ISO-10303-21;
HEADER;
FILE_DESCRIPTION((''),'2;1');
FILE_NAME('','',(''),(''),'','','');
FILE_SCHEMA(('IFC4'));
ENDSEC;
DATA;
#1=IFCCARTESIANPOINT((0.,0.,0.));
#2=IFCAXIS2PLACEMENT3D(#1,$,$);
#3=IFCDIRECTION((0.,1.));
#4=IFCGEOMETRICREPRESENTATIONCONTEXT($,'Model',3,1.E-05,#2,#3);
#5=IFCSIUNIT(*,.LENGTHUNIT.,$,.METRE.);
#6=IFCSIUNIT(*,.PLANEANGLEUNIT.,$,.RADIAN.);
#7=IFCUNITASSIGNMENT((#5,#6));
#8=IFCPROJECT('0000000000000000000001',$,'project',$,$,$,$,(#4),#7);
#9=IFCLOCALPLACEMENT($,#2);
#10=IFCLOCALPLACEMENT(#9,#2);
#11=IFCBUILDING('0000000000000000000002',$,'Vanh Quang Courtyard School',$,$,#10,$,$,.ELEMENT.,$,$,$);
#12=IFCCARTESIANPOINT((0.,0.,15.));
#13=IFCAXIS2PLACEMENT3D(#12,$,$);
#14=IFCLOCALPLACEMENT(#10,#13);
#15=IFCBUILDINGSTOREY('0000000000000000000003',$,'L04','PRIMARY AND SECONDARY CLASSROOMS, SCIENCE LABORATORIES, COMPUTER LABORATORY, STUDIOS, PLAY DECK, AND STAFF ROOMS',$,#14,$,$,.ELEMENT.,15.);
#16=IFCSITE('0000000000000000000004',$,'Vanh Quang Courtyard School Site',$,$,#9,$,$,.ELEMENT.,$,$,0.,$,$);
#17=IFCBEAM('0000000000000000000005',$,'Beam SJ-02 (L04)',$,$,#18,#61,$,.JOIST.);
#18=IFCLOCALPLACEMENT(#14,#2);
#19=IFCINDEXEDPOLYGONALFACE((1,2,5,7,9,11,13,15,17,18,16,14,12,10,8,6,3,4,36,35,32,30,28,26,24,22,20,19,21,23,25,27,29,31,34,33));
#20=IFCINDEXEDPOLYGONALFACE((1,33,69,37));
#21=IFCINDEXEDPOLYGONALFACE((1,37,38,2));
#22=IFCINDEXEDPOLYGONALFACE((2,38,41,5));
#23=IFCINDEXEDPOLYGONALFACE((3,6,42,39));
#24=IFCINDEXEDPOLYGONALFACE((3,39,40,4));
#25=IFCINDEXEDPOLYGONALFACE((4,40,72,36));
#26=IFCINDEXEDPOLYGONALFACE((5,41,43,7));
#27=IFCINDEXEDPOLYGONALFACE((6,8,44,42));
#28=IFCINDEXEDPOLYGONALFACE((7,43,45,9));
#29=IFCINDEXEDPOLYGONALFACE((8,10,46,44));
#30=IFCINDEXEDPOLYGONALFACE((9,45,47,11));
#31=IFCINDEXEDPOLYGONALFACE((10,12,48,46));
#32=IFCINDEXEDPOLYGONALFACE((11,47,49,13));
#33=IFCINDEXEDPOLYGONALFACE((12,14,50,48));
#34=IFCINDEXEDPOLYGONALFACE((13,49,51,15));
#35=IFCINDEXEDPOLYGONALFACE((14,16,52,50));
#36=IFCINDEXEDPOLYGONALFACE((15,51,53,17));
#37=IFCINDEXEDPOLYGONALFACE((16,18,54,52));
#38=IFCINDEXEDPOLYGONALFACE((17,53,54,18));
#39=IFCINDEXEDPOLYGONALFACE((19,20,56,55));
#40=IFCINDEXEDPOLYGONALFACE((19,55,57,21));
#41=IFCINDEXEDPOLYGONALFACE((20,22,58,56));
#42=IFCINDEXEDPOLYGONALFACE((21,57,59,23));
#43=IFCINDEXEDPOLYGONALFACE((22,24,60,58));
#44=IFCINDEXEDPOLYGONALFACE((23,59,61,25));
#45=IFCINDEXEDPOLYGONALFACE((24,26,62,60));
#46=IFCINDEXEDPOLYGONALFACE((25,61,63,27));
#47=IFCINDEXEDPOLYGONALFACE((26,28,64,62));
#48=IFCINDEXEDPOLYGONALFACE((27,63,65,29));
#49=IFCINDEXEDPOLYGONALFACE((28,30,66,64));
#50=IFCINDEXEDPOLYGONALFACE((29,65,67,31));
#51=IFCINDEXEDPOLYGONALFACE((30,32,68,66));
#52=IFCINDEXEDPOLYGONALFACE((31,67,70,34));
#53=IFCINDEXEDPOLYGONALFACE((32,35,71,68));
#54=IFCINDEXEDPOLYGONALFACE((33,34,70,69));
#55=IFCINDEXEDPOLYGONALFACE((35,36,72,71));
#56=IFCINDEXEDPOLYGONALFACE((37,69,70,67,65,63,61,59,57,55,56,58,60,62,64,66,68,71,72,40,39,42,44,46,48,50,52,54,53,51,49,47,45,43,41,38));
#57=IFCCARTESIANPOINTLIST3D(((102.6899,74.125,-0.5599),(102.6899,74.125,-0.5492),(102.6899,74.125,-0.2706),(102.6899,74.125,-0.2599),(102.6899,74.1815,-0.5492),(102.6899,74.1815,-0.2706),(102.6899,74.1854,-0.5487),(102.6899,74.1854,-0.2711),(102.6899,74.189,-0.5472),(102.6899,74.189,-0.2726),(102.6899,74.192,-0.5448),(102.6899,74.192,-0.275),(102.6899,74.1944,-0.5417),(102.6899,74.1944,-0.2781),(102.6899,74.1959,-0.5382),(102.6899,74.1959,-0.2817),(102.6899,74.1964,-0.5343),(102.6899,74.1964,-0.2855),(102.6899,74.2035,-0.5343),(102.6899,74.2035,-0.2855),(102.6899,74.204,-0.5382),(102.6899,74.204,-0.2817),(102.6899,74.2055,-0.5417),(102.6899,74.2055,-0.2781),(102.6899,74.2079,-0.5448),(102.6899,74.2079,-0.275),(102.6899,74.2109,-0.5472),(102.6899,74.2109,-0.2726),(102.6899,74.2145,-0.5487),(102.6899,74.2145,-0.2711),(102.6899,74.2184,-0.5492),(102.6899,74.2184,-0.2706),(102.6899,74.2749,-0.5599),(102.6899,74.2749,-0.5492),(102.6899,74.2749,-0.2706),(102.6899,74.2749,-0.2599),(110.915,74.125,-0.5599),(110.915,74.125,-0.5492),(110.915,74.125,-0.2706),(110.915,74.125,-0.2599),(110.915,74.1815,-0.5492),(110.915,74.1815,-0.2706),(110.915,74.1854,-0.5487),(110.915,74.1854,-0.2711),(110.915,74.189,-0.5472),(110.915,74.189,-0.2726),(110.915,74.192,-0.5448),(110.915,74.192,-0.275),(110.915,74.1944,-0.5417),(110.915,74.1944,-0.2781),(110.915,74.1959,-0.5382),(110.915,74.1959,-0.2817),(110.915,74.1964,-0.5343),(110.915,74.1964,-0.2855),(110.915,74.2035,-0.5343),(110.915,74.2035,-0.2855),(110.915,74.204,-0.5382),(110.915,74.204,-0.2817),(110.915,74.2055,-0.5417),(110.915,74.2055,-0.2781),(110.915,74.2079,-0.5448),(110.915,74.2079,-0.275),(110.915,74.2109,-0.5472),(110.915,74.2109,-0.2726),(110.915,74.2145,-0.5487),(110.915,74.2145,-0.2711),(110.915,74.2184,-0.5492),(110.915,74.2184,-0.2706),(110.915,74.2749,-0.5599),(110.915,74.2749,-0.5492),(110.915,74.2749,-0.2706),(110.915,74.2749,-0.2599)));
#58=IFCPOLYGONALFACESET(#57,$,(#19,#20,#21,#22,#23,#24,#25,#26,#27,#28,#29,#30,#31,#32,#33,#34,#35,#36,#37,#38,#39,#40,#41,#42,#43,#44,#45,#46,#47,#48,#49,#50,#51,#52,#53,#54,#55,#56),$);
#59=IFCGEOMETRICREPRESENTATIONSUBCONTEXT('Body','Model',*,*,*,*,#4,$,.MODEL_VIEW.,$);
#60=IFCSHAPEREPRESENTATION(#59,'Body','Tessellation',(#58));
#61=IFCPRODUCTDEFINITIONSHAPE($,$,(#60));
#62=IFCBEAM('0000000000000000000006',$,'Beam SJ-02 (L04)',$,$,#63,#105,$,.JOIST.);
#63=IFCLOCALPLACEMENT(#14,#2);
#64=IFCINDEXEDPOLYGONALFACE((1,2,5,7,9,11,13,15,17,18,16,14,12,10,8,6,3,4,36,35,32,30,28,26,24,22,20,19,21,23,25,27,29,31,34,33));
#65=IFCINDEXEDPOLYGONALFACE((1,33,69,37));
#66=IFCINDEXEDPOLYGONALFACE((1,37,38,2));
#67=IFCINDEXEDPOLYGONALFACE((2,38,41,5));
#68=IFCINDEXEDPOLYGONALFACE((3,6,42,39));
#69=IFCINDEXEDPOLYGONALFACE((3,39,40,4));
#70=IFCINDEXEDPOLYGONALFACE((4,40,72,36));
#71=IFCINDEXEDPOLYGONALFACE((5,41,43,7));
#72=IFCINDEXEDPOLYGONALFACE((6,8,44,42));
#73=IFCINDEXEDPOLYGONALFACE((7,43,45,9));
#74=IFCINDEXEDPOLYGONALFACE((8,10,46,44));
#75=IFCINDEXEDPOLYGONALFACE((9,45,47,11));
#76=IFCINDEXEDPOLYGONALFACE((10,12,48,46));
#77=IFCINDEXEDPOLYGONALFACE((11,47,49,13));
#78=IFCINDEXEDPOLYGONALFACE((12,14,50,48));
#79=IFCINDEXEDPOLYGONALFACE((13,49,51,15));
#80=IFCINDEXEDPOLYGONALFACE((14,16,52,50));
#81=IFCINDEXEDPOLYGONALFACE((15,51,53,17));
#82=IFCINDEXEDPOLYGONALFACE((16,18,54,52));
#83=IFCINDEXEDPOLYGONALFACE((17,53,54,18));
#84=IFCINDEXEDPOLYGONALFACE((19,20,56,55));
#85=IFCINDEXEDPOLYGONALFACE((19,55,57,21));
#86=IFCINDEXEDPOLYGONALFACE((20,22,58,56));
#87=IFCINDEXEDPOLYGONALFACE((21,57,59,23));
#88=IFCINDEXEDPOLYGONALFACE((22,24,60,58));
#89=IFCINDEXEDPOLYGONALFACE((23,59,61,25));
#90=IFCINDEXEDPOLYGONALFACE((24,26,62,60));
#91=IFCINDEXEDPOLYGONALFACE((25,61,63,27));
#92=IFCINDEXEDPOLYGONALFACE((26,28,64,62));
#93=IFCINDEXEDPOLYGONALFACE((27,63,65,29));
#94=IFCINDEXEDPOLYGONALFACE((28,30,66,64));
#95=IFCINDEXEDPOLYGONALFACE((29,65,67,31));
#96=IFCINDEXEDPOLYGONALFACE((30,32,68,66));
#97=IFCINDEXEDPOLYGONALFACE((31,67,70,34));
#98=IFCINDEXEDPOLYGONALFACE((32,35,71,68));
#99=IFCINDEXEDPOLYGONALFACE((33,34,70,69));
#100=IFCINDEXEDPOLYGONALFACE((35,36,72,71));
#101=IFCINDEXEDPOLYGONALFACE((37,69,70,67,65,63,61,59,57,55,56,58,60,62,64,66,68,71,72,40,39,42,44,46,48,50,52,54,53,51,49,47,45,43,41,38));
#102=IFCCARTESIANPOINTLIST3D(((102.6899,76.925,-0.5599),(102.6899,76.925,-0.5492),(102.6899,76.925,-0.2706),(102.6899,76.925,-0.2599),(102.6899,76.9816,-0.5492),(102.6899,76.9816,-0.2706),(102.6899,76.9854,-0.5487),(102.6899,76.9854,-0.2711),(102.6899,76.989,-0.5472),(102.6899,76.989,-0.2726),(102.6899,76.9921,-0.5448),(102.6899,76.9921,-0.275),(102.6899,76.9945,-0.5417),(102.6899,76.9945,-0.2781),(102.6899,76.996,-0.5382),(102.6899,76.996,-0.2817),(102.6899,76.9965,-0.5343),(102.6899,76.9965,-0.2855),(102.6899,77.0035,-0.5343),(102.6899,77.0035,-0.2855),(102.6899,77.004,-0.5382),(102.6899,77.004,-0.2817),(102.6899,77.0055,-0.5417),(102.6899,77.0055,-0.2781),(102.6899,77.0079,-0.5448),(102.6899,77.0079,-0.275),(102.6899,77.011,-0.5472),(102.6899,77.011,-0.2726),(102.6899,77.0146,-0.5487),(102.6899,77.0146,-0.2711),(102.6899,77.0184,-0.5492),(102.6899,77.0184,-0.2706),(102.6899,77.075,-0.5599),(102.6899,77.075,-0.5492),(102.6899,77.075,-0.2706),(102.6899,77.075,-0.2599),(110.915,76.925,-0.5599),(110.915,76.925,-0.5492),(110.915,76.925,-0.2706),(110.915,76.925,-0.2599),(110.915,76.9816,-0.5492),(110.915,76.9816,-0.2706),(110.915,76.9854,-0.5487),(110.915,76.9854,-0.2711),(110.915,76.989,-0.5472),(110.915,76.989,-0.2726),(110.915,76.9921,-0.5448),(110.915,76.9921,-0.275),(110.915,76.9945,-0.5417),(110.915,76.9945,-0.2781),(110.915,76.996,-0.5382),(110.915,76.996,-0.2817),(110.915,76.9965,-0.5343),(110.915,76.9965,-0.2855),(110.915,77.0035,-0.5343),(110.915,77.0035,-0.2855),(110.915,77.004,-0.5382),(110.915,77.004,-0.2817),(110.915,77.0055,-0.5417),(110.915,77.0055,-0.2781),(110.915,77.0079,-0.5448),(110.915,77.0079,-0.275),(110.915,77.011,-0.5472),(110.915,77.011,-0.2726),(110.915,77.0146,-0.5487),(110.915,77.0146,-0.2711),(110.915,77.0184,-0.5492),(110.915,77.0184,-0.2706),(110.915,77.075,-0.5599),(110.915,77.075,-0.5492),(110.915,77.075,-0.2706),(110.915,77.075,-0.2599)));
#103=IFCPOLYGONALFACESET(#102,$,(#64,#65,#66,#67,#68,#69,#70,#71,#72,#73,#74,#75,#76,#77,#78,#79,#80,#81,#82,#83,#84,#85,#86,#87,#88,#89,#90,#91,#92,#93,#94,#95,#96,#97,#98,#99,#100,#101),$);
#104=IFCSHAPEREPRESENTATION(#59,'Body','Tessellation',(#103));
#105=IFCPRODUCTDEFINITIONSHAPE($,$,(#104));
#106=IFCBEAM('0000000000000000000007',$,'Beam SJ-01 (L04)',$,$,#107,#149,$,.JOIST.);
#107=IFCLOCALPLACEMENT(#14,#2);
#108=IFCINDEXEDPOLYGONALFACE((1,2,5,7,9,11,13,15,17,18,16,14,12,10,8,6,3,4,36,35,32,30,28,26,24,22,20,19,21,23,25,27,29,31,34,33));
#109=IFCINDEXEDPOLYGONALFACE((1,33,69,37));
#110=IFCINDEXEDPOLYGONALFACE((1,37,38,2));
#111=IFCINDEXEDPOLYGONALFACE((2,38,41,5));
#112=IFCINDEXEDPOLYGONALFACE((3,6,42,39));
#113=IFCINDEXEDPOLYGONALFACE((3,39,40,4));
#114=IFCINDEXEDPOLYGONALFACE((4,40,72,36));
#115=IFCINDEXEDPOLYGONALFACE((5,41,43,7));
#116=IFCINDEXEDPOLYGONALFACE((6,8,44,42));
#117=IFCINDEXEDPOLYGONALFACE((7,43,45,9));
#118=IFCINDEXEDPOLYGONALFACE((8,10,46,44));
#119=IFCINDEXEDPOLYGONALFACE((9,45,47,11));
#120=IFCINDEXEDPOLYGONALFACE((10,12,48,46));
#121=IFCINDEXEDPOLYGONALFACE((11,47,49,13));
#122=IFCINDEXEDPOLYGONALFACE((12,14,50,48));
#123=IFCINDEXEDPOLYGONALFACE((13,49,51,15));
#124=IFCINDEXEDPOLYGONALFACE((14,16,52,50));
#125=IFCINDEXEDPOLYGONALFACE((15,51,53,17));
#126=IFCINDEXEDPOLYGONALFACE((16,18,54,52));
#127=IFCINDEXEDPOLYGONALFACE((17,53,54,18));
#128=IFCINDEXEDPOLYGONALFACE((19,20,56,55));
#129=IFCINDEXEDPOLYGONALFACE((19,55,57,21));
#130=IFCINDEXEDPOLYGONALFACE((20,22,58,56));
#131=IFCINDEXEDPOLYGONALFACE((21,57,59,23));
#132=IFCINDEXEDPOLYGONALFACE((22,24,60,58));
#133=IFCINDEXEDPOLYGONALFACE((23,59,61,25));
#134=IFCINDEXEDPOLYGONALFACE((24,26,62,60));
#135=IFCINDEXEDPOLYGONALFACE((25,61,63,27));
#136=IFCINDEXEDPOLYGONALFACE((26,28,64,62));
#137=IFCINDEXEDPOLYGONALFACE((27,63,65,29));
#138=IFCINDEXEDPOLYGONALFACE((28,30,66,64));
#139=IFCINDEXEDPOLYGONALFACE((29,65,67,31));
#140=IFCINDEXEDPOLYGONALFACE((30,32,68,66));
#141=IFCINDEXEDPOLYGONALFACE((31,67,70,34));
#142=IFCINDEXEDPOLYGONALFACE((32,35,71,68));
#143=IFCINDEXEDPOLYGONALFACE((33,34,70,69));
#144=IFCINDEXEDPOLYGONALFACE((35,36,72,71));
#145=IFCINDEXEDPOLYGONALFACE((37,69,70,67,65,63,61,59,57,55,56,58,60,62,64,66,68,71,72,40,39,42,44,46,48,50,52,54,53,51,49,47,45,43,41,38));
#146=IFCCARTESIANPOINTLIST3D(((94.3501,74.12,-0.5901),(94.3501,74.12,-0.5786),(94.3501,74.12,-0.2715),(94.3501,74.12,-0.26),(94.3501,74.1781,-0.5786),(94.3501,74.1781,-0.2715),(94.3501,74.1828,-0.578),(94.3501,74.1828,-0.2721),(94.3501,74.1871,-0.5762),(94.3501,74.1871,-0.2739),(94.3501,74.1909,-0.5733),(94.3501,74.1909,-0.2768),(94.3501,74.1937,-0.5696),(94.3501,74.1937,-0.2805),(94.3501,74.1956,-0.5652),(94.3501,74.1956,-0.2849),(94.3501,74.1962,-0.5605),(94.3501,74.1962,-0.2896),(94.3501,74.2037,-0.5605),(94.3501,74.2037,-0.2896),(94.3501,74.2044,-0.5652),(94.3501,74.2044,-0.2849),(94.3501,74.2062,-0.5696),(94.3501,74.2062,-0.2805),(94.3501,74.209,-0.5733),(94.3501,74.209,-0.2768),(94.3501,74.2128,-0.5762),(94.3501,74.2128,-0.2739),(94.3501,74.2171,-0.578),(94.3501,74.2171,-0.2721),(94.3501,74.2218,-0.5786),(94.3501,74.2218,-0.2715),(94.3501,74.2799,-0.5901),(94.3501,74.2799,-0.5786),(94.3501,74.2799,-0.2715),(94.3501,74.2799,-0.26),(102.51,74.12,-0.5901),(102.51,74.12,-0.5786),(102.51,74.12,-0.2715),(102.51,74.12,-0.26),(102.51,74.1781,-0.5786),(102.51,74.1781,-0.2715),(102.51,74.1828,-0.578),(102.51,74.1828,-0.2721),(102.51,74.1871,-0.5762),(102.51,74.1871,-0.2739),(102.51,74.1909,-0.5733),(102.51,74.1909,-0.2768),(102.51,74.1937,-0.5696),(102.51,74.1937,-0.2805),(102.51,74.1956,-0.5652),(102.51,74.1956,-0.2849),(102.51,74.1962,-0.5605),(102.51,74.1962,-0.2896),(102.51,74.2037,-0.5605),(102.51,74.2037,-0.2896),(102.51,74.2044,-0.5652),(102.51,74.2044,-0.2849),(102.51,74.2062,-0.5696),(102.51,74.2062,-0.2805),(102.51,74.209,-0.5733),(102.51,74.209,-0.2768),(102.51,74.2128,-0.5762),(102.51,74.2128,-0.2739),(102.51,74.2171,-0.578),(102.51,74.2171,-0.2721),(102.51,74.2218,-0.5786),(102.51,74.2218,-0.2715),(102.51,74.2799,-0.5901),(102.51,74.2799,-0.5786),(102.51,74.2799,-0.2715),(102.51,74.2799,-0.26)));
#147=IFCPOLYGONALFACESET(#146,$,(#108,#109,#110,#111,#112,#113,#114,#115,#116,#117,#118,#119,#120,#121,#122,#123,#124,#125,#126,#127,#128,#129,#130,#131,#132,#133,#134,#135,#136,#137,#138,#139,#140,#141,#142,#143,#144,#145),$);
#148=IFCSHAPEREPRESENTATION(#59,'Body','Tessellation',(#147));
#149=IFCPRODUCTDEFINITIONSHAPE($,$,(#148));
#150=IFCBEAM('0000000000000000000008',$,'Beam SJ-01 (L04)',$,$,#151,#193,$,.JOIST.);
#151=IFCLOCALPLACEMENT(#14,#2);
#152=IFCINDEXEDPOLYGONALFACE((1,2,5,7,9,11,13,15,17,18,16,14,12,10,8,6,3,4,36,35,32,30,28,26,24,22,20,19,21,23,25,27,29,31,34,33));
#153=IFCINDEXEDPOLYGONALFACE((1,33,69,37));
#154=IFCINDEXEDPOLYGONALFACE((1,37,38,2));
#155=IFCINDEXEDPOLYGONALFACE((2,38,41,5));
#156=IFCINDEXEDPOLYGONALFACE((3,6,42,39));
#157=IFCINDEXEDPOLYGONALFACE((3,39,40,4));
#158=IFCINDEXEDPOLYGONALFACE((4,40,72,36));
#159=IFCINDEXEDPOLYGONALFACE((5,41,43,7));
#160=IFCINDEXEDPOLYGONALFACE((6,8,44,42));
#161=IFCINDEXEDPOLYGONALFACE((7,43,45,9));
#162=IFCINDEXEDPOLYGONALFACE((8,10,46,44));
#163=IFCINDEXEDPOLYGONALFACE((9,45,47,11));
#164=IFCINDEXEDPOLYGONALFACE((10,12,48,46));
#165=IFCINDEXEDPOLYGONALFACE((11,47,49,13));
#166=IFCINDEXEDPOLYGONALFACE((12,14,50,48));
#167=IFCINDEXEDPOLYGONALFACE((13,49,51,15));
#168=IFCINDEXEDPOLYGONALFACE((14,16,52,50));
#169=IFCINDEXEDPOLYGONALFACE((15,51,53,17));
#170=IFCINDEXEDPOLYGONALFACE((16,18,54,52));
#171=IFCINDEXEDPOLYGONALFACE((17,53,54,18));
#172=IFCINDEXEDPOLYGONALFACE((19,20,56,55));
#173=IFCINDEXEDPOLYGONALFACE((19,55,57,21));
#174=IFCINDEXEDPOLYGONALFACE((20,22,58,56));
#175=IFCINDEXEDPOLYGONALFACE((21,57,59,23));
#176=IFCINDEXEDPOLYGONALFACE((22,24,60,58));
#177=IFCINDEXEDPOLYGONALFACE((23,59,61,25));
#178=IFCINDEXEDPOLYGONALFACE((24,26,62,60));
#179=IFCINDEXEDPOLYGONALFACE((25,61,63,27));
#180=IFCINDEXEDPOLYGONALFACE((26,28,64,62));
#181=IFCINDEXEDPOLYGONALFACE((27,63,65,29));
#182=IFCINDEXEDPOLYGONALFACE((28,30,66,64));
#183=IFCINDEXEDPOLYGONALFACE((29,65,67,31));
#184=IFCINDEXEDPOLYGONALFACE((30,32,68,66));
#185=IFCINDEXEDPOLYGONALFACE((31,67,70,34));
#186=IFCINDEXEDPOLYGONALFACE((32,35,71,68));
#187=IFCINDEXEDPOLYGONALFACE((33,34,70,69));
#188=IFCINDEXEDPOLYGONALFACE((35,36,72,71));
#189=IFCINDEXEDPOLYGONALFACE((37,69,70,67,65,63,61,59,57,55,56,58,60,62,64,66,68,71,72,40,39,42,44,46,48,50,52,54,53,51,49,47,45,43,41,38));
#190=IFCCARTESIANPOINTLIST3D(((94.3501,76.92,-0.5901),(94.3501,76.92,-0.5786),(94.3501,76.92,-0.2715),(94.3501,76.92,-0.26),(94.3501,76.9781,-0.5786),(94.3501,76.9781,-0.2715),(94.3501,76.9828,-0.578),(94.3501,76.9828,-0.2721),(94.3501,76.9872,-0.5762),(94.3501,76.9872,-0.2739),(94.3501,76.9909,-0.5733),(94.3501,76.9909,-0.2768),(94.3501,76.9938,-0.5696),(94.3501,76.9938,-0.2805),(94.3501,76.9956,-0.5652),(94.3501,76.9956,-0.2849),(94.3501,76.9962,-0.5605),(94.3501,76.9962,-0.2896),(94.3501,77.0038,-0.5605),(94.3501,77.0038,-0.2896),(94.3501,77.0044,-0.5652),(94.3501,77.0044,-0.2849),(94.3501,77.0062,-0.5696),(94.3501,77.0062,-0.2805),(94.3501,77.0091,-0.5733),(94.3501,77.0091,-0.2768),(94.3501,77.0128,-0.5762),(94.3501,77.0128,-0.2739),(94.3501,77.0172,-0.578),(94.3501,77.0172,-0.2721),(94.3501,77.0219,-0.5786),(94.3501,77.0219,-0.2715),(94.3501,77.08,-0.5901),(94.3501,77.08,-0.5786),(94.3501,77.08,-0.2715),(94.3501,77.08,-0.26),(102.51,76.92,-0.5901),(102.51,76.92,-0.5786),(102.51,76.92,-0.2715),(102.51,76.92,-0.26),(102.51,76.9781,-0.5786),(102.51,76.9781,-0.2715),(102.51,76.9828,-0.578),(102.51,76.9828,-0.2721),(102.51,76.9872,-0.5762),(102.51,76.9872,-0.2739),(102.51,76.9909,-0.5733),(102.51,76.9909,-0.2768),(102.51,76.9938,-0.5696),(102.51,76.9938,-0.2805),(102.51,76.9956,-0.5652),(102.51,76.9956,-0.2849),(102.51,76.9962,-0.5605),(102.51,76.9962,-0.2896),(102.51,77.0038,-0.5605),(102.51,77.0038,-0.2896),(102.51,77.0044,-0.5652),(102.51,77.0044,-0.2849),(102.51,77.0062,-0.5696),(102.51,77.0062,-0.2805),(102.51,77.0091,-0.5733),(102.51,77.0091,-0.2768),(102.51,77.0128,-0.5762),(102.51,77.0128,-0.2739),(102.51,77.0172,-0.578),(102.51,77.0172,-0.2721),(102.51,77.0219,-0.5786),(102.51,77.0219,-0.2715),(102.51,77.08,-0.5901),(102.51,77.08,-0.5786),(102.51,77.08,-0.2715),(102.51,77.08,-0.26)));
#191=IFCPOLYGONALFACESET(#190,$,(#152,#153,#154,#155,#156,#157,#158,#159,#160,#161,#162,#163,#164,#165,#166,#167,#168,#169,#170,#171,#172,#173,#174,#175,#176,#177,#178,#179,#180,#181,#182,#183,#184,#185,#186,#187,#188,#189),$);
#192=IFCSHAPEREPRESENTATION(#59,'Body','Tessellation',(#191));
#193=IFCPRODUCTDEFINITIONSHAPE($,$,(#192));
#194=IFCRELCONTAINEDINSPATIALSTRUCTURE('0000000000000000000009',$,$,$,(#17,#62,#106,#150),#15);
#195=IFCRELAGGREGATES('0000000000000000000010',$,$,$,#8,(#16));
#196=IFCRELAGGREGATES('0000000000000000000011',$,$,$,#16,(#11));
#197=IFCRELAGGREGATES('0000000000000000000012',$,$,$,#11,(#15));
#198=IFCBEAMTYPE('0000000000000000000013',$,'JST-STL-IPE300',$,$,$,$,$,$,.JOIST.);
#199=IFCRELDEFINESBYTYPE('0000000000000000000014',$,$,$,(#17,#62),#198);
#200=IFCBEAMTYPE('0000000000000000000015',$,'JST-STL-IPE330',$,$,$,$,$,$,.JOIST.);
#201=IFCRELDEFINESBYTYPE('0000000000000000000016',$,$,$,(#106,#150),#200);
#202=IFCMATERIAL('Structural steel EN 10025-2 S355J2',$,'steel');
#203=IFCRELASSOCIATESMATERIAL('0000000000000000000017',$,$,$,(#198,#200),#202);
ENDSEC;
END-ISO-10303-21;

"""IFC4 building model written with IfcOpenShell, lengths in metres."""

from ifc_helpers import new_model, si_unit, direction, frame, origin, origin_2d, place, context, subcontext, project, spatial, i_section, extrude, material, material_profile, profile_set, type_object, element, save


model = new_model("IFC4")

# Units and contexts
model_context = context("Model", 3, precision=1e-05, world=origin(), true_north=direction((0.0, 1.0)))
body_context = subcontext(model_context, "Body", "Model", "MODEL_VIEW")
ifc_project = project(units=[si_unit("LENGTHUNIT", "METRE"), si_unit("PLANEANGLEUNIT", "RADIAN")], contexts=[model_context])

# Site, building, storey
site_placement = place(None, origin())
site = spatial("IfcSite", under=ifc_project, at=site_placement, Name="Vanh Quang Courtyard School Site", CompositionType="ELEMENT", RefElevation=0.0)
building_placement = place(site_placement, origin())
building = spatial("IfcBuilding", under=site, at=building_placement, Name="Vanh Quang Courtyard School", CompositionType="ELEMENT")
storey_placement = place(building_placement, frame((0.0, 0.0, 15.0)))
storey = spatial("IfcBuildingStorey", under=building, at=storey_placement, Name="L04", Description="PRIMARY AND SECONDARY CLASSROOMS, SCIENCE LABORATORIES, COMPUTER LABORATORY, STUDIOS, PLAY DECK, AND STAFF ROOMS", CompositionType="ELEMENT", Elevation=15.0)

# Beams
ifc_material_1 = material(Name="Structural steel EN 10025-2 S355J2", Category="steel")
ifc_material_profile_1 = material_profile(ifc_material_1, i_section(OverallWidth=0.1499, OverallDepth=0.3, WebThickness=0.0071, FlangeThickness=0.0107, FilletRadius=0.0149, at=origin_2d()), Name="IPE 300")
ifc_profile_set_1 = profile_set([ifc_material_profile_1], Name="Structural steel EN 10025-2 S355J2")
beam_type_1 = type_object("IfcBeamType", Name="JST-STL-IPE300", PredefinedType="JOIST", material=ifc_profile_set_1)
for number, where, z_axis, x_axis, name in (
    (1, (102.6899, 74.2, -0.4099), (1.0, 0.0, 0.0), (0.0, 1.0, 0.0), "Beam SJ-02 (L04)"),
    (2, (102.6899, 77.0, -0.4099), (1.0, 0.0, 0.0), (0.0, 1.0, 0.0), "Beam SJ-02 (L04)"),
):
    element("IfcBeam", number, at=place(storey_placement, frame(where, z_axis=z_axis, x_axis=x_axis)), inside=storey, type_object=beam_type_1, Name=name, PredefinedType="JOIST", context=body_context, shape_type="SweptSolid", body=[
        extrude(i_section(OverallWidth=0.1499, OverallDepth=0.3, WebThickness=0.0071, FlangeThickness=0.0107, FilletRadius=0.0149, at=origin_2d()), origin(), (0.0, 0.0, 1.0), 8.2251),
    ])
ifc_material_profile_2 = material_profile(ifc_material_1, i_section(OverallWidth=0.1599, OverallDepth=0.3301, WebThickness=0.0076, FlangeThickness=0.0115, FilletRadius=0.0181, at=origin_2d()), Name="IPE 330")
ifc_profile_set_2 = profile_set([ifc_material_profile_2], Name="Structural steel EN 10025-2 S355J2")
beam_type_2 = type_object("IfcBeamType", Name="JST-STL-IPE330", PredefinedType="JOIST", material=ifc_profile_set_2)
for number, where, z_axis, x_axis, name in (
    (3, (94.3501, 74.2, -0.425), (1.0, 0.0, 0.0), (0.0, 1.0, 0.0), "Beam SJ-01 (L04)"),
    (4, (94.3501, 77.0, -0.425), (1.0, 0.0, 0.0), (0.0, 1.0, 0.0), "Beam SJ-01 (L04)"),
):
    element("IfcBeam", number, at=place(storey_placement, frame(where, z_axis=z_axis, x_axis=x_axis)), inside=storey, type_object=beam_type_2, Name=name, PredefinedType="JOIST", context=body_context, shape_type="SweptSolid", body=[
        extrude(i_section(OverallWidth=0.1599, OverallDepth=0.3301, WebThickness=0.0076, FlangeThickness=0.0115, FilletRadius=0.0181, at=origin_2d()), origin(), (0.0, 0.0, 1.0), 8.1599),
    ])

save(model, "model.ifc")
